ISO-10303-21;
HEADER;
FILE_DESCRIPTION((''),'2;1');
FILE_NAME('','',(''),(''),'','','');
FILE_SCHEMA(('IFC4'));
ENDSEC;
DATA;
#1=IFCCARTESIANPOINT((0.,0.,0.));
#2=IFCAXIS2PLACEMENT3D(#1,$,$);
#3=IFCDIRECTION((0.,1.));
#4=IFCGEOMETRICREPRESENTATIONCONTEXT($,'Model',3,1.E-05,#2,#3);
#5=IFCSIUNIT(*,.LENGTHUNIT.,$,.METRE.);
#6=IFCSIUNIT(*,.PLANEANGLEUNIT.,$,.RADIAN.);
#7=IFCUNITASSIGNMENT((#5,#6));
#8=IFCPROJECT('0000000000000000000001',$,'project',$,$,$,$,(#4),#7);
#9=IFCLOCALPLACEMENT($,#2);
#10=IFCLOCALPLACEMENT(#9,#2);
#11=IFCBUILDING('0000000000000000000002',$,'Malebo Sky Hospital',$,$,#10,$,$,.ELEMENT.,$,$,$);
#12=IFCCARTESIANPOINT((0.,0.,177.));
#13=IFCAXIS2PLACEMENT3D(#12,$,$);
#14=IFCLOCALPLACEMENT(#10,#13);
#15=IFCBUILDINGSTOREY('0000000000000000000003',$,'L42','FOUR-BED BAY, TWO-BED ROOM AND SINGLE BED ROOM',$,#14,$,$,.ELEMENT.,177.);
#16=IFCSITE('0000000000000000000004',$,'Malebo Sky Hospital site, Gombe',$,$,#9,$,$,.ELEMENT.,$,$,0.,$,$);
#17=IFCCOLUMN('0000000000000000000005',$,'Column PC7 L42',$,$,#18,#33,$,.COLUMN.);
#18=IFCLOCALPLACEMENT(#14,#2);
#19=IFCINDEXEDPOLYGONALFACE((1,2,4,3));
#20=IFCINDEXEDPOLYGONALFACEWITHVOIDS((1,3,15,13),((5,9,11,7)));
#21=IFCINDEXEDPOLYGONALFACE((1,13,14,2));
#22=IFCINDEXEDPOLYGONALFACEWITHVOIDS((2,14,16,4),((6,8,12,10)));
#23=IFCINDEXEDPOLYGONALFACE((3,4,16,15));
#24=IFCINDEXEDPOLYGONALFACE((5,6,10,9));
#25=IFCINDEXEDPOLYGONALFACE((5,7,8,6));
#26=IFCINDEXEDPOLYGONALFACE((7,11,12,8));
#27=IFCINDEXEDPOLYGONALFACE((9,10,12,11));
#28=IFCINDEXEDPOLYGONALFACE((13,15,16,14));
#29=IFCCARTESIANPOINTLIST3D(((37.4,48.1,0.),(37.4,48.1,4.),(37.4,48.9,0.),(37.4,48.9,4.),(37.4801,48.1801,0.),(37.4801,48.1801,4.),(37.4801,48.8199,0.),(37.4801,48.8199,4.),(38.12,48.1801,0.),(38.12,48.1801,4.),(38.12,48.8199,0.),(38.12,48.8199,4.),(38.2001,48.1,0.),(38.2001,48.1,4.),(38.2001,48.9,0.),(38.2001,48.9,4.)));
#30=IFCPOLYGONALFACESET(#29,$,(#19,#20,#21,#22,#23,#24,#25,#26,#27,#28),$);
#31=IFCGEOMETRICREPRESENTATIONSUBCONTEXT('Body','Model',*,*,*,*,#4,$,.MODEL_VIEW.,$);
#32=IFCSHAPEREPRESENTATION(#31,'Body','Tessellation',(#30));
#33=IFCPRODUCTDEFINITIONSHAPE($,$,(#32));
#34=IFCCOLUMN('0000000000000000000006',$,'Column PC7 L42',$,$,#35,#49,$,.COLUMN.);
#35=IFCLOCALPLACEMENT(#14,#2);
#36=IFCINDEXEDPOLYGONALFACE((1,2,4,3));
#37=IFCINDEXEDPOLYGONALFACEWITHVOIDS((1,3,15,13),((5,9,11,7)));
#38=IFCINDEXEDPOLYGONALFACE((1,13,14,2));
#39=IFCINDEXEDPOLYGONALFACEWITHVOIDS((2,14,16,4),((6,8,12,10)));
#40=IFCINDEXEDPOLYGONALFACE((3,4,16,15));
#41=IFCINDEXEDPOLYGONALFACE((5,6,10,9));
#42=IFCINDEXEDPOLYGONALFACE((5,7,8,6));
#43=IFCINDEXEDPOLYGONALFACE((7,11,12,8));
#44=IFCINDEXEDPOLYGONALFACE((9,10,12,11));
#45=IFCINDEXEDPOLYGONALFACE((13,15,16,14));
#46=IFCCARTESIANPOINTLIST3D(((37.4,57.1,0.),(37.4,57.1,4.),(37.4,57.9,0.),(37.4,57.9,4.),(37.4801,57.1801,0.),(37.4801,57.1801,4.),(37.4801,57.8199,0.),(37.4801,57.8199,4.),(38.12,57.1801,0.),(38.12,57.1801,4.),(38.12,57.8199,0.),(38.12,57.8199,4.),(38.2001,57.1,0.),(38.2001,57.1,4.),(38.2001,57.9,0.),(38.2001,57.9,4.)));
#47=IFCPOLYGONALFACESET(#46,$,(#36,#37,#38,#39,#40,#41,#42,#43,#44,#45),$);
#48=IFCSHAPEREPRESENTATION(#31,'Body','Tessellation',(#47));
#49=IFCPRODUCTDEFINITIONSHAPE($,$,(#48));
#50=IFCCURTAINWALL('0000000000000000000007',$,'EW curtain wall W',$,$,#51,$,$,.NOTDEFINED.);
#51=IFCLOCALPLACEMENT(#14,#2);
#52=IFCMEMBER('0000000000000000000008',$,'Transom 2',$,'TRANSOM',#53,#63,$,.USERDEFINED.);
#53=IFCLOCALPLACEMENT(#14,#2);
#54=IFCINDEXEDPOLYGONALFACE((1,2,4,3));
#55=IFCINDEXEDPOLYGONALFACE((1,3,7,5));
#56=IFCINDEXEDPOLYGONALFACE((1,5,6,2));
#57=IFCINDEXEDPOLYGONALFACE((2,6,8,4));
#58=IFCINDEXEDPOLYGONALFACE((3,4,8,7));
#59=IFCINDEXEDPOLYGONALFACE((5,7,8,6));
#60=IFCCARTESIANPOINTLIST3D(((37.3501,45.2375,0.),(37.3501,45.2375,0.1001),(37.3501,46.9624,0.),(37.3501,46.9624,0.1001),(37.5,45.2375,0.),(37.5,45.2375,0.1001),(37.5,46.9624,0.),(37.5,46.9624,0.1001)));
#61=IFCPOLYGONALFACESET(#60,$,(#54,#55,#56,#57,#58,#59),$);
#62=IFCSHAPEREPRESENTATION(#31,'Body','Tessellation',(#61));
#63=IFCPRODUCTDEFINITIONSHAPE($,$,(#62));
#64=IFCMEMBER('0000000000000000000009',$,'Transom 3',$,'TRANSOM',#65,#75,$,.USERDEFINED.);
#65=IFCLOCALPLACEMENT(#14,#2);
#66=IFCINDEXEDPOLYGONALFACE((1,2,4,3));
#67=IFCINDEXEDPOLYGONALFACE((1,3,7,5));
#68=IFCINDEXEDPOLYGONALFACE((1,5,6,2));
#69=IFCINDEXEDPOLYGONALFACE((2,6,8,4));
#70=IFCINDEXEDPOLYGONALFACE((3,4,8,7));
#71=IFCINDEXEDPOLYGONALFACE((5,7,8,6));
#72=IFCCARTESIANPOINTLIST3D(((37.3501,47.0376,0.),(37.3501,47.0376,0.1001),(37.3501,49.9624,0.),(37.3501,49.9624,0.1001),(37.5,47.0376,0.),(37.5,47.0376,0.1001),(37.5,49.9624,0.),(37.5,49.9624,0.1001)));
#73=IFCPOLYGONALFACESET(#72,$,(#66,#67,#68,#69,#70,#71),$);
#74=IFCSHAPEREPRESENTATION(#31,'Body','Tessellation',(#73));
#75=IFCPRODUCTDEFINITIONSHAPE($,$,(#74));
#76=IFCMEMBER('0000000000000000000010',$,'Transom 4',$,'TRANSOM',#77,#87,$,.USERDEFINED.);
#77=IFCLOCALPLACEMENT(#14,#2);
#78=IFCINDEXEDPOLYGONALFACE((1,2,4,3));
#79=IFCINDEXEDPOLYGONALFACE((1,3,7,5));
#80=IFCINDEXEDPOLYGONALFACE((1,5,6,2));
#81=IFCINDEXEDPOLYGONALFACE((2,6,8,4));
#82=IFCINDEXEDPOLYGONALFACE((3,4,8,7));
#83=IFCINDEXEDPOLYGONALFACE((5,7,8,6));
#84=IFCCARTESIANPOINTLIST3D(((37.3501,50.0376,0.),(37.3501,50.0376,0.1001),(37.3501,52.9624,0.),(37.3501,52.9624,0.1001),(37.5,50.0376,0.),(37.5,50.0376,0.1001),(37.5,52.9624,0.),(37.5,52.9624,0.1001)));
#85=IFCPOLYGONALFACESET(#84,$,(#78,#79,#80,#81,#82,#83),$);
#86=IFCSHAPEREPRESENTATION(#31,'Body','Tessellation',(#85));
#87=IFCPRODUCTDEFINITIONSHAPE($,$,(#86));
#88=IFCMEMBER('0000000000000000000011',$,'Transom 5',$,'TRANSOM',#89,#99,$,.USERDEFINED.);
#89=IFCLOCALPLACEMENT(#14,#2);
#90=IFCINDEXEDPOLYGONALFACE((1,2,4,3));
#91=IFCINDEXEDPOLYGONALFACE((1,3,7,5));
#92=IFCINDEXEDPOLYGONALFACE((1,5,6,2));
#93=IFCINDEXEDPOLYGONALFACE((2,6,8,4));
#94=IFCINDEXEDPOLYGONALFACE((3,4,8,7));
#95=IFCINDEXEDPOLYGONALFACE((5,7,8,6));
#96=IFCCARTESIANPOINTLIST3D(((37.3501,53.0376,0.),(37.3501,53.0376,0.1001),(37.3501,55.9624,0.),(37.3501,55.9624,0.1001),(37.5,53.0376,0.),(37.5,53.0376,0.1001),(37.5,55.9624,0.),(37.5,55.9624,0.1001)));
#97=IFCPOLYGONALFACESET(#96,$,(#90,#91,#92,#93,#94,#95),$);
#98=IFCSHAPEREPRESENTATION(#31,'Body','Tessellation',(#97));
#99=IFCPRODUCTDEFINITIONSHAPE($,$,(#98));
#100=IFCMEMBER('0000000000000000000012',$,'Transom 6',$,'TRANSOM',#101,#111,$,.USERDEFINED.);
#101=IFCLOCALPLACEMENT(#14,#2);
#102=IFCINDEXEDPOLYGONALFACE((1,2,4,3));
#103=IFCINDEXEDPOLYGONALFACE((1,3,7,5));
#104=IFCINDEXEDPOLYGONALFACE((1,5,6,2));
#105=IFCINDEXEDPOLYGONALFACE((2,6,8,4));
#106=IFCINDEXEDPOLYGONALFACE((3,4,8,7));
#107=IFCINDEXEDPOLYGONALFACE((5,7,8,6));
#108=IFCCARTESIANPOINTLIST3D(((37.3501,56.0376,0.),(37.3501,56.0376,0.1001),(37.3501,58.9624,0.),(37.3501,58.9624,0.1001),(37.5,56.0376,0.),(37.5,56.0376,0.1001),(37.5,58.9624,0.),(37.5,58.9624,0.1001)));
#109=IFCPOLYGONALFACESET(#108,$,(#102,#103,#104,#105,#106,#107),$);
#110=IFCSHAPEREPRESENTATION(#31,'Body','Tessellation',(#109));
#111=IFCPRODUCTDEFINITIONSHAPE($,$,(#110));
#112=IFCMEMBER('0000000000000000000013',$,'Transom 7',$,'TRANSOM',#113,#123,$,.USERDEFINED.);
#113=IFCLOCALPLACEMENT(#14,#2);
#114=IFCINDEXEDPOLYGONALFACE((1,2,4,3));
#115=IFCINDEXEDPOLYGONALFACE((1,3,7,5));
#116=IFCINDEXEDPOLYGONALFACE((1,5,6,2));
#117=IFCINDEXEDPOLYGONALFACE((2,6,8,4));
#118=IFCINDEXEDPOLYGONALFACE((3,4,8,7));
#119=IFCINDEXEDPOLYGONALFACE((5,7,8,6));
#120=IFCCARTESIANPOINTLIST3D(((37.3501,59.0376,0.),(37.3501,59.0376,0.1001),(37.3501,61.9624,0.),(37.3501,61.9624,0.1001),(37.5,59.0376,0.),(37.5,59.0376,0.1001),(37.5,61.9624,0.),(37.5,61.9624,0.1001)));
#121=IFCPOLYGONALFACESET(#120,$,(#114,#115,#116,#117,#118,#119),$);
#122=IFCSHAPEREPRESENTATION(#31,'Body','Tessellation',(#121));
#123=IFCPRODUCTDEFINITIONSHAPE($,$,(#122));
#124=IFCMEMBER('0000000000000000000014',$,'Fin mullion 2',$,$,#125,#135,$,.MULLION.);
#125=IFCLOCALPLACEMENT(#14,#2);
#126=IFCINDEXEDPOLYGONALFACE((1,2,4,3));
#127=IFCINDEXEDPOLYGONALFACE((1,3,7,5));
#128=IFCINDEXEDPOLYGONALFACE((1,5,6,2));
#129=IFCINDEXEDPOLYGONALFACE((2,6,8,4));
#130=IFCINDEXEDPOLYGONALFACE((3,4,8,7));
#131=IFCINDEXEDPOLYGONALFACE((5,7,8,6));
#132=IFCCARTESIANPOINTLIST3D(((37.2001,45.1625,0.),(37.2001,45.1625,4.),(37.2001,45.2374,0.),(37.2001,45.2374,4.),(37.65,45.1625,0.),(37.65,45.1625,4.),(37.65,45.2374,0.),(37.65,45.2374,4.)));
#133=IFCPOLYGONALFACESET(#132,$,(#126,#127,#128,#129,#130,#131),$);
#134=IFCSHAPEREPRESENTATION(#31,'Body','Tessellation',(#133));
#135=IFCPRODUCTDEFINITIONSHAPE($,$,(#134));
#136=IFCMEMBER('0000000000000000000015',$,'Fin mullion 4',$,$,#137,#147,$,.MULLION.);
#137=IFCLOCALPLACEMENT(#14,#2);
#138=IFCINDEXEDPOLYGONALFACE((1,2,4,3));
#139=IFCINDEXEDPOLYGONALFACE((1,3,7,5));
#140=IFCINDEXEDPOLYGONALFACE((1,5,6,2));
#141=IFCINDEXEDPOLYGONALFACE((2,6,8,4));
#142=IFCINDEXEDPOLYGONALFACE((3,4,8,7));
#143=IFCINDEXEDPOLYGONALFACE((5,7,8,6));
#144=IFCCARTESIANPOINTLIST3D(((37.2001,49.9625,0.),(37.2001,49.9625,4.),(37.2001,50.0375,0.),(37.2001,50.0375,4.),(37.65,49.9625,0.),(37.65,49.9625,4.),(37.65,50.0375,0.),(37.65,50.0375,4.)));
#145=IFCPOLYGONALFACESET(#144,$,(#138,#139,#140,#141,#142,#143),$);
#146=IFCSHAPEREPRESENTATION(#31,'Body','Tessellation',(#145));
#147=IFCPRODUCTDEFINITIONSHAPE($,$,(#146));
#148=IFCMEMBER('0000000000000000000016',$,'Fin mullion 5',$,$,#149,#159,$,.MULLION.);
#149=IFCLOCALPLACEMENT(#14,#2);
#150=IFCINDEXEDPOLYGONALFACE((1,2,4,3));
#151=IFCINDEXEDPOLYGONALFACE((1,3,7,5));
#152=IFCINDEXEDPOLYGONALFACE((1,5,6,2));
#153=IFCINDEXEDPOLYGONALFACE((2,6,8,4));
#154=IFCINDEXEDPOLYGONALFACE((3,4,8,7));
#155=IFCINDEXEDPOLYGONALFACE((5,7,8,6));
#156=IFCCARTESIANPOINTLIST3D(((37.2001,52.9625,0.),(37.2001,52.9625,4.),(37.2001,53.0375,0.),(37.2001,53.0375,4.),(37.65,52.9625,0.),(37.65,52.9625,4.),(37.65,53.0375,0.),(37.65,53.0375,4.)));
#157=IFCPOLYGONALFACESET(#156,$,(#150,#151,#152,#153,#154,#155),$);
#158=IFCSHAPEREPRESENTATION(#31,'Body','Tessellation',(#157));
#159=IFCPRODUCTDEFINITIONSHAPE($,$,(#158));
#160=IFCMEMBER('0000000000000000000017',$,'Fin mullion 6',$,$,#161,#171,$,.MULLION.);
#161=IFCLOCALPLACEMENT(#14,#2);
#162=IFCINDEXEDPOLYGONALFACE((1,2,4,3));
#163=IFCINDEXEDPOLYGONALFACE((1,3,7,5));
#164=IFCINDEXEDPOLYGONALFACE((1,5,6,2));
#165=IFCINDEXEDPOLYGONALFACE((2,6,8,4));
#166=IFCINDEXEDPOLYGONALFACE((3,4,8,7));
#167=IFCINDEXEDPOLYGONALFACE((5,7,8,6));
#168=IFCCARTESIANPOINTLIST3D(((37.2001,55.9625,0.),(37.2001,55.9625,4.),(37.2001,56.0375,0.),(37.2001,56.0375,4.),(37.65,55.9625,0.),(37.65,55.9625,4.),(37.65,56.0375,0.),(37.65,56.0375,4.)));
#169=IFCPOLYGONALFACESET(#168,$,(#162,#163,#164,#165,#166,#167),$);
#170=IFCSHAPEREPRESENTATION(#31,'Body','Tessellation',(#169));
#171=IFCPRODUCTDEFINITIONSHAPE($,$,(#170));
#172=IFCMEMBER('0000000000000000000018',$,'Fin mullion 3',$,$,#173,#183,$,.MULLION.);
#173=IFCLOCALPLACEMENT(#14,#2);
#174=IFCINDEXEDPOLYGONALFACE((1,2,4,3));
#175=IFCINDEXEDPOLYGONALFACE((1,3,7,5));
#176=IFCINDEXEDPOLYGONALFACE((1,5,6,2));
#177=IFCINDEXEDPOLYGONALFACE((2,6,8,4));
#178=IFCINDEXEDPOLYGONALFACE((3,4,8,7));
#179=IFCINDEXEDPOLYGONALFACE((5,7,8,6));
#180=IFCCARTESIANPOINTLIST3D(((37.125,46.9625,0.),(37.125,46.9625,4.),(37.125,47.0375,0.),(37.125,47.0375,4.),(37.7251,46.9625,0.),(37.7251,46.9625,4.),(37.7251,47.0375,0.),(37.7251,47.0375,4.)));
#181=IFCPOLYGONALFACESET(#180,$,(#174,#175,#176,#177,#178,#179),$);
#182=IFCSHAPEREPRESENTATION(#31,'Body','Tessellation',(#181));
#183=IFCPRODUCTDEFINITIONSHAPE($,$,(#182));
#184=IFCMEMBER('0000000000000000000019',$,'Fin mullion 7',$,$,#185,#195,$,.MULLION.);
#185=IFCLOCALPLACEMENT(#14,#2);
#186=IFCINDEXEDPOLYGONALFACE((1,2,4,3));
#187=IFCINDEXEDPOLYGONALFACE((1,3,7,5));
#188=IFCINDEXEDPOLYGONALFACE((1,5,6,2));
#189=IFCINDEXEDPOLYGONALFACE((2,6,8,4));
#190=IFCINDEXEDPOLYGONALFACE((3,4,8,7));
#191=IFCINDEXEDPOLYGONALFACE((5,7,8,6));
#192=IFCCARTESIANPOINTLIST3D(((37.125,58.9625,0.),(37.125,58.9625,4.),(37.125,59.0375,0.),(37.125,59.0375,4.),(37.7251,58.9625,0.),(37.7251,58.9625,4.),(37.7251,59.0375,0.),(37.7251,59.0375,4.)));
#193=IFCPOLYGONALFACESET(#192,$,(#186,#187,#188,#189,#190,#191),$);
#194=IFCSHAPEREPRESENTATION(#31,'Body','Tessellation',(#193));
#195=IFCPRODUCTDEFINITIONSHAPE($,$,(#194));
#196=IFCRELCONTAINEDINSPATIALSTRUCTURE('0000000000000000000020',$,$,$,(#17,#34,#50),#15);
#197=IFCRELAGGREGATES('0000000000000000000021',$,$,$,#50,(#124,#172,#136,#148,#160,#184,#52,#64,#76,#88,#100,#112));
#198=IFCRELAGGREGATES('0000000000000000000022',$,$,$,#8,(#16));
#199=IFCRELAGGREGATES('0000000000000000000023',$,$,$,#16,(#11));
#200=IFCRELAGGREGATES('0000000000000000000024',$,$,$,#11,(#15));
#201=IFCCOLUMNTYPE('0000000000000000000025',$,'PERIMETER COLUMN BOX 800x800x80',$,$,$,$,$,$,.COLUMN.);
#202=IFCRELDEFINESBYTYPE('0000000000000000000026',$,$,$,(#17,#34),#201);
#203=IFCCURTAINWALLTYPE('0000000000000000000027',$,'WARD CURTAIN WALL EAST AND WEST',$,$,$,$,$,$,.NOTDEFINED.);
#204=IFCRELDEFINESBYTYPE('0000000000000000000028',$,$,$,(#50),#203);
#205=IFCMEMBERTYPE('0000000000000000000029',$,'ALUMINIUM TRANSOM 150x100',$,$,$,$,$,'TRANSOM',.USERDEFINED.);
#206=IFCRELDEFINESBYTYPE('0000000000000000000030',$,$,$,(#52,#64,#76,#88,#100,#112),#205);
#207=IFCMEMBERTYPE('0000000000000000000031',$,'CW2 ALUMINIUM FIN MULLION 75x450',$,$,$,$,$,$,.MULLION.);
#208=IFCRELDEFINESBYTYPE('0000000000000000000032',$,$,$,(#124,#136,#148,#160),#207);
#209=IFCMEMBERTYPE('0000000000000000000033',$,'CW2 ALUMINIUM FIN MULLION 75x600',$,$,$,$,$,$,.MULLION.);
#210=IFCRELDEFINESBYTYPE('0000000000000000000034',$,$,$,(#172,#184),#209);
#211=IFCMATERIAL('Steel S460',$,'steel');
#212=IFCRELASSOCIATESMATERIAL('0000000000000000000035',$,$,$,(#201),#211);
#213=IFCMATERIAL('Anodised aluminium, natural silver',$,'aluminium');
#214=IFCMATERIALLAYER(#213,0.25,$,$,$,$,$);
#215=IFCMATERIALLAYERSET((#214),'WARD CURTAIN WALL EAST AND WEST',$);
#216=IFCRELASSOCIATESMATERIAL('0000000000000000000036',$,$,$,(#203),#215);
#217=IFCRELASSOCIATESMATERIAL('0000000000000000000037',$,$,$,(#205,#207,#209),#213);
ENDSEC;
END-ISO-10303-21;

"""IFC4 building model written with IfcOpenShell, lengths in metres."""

from ifc_helpers import new_model, si_unit, direction, frame, origin, origin_2d, place, context, subcontext, project, spatial, rectangle, hollow_rectangle, extrude, material, layer, layer_set, material_profile, profile_set, type_object, element, aggregate, save


model = new_model("IFC4")

# Units and contexts
model_context = context("Model", 3, precision=1e-05, world=origin(), true_north=direction((0.0, 1.0)))
body_context = subcontext(model_context, "Body", "Model", "MODEL_VIEW")
ifc_project = project(units=[si_unit("LENGTHUNIT", "METRE"), si_unit("PLANEANGLEUNIT", "RADIAN")], contexts=[model_context])

# Site, building, storey
site_placement = place(None, origin())
site = spatial("IfcSite", under=ifc_project, at=site_placement, Name="Malebo Sky Hospital site, Gombe", CompositionType="ELEMENT", RefElevation=0.0)
building_placement = place(site_placement, origin())
building = spatial("IfcBuilding", under=site, at=building_placement, Name="Malebo Sky Hospital", CompositionType="ELEMENT")
storey_placement = place(building_placement, frame((0.0, 0.0, 177.0)))
storey = spatial("IfcBuildingStorey", under=building, at=storey_placement, Name="L42", Description="FOUR-BED BAY, TWO-BED ROOM AND SINGLE BED ROOM", CompositionType="ELEMENT", Elevation=177.0)

# Columns
ifc_material_1 = material(Name="Steel S460", Category="steel")
ifc_material_profile_1 = material_profile(ifc_material_1, hollow_rectangle(XDim=0.8, YDim=0.8, WallThickness=0.0801, at=origin_2d()), Name="BOX 800x800x80")
ifc_profile_set_1 = profile_set([ifc_material_profile_1], Name="Steel S460")
column_type = type_object("IfcColumnType", Name="PERIMETER COLUMN BOX 800x800x80", PredefinedType="COLUMN", material=ifc_profile_set_1)
for number, where, z_axis, x_axis, name in (
    (1, (37.8, 48.5, 0.0), (0.0, 0.0, 1.0), (1.0, 0.0, 0.0), "Column PC7 L42"),
    (2, (37.8, 57.5, 0.0), (0.0, 0.0, 1.0), (1.0, 0.0, 0.0), "Column PC7 L42"),
):
    element("IfcColumn", number, at=place(storey_placement, frame(where, z_axis=z_axis, x_axis=x_axis)), inside=storey, type_object=column_type, Name=name, PredefinedType="COLUMN", context=body_context, shape_type="SweptSolid", body=[
        extrude(hollow_rectangle(XDim=0.8, YDim=0.8, WallThickness=0.0801, at=origin_2d()), origin(), (0.0, 0.0, 1.0), 4.0),
    ])

# Curtain wall, members
ifc_material_2 = material(Name="Anodised aluminium, natural silver", Category="aluminium")
ifc_layer_1 = layer(ifc_material_2, 0.25)
ifc_layer_set_1 = layer_set([ifc_layer_1], Name="WARD CURTAIN WALL EAST AND WEST")
curtain_wall_type = type_object("IfcCurtainWallType", Name="WARD CURTAIN WALL EAST AND WEST", PredefinedType="NOTDEFINED", material=ifc_layer_set_1)
curtain_wall_placement = place(storey_placement, origin())
curtain_wall = element("IfcCurtainWall", 3, at=curtain_wall_placement, inside=storey, type_object=curtain_wall_type, Name="EW curtain wall W", PredefinedType="NOTDEFINED")
ifc_material_profile_2 = material_profile(ifc_material_2, rectangle(XDim=0.1499, YDim=0.1001, at=origin_2d()), Name="ALUMINIUM TRANSOM 150x100")
ifc_profile_set_2 = profile_set([ifc_material_profile_2], Name="Anodised aluminium, natural silver")
member_type_1 = type_object("IfcMemberType", Name="ALUMINIUM TRANSOM 150x100", ElementType="TRANSOM", PredefinedType="USERDEFINED", material=ifc_profile_set_2)
member_1_placement = place(storey_placement, frame((37.425, 45.2375, 0.05), z_axis=(0.0, 1.0, 0.0), x_axis=(-1.0, 0.0, 0.0)))
member_1 = element("IfcMember", 4, at=member_1_placement, type_object=member_type_1, Name="Transom 2", ObjectType="TRANSOM", PredefinedType="USERDEFINED", context=body_context, shape_type="SweptSolid", body=[
    extrude(rectangle(XDim=0.1499, YDim=0.1001, at=origin_2d()), origin(), (0.0, 0.0, 1.0), 1.7249),
])
member_2_placement = place(storey_placement, frame((37.425, 47.0376, 0.05), z_axis=(0.0, 1.0, 0.0), x_axis=(-1.0, 0.0, 0.0)))
member_2 = element("IfcMember", 5, at=member_2_placement, type_object=member_type_1, Name="Transom 3", ObjectType="TRANSOM", PredefinedType="USERDEFINED", context=body_context, shape_type="SweptSolid", body=[
    extrude(rectangle(XDim=0.1499, YDim=0.1001, at=origin_2d()), origin(), (0.0, 0.0, 1.0), 2.9248),
])
member_3_placement = place(storey_placement, frame((37.425, 50.0376, 0.05), z_axis=(0.0, 1.0, 0.0), x_axis=(-1.0, 0.0, 0.0)))
member_3 = element("IfcMember", 6, at=member_3_placement, type_object=member_type_1, Name="Transom 4", ObjectType="TRANSOM", PredefinedType="USERDEFINED", context=body_context, shape_type="SweptSolid", body=[
    extrude(rectangle(XDim=0.1499, YDim=0.1001, at=origin_2d()), origin(), (0.0, 0.0, 1.0), 2.9248),
])
member_4_placement = place(storey_placement, frame((37.425, 53.0376, 0.05), z_axis=(0.0, 1.0, 0.0), x_axis=(-1.0, 0.0, 0.0)))
member_4 = element("IfcMember", 7, at=member_4_placement, type_object=member_type_1, Name="Transom 5", ObjectType="TRANSOM", PredefinedType="USERDEFINED", context=body_context, shape_type="SweptSolid", body=[
    extrude(rectangle(XDim=0.1499, YDim=0.1001, at=origin_2d()), origin(), (0.0, 0.0, 1.0), 2.9248),
])
member_5_placement = place(storey_placement, frame((37.425, 56.0376, 0.05), z_axis=(0.0, 1.0, 0.0), x_axis=(-1.0, 0.0, 0.0)))
member_5 = element("IfcMember", 8, at=member_5_placement, type_object=member_type_1, Name="Transom 6", ObjectType="TRANSOM", PredefinedType="USERDEFINED", context=body_context, shape_type="SweptSolid", body=[
    extrude(rectangle(XDim=0.1499, YDim=0.1001, at=origin_2d()), origin(), (0.0, 0.0, 1.0), 2.9248),
])
member_6_placement = place(storey_placement, frame((37.425, 59.0376, 0.05), z_axis=(0.0, 1.0, 0.0), x_axis=(-1.0, 0.0, 0.0)))
member_6 = element("IfcMember", 9, at=member_6_placement, type_object=member_type_1, Name="Transom 7", ObjectType="TRANSOM", PredefinedType="USERDEFINED", context=body_context, shape_type="SweptSolid", body=[
    extrude(rectangle(XDim=0.1499, YDim=0.1001, at=origin_2d()), origin(), (0.0, 0.0, 1.0), 2.9248),
])
ifc_material_profile_3 = material_profile(ifc_material_2, rectangle(XDim=0.075, YDim=0.45, at=origin_2d()), Name="CW2 ALUMINIUM FIN MULLION 75x450")
ifc_profile_set_3 = profile_set([ifc_material_profile_3], Name="Anodised aluminium, natural silver")
member_type_2 = type_object("IfcMemberType", Name="CW2 ALUMINIUM FIN MULLION 75x450", PredefinedType="MULLION", material=ifc_profile_set_3)
member_7_placement = place(storey_placement, frame((37.425, 45.2, 0.0), z_axis=(0.0, 0.0, 1.0), x_axis=(0.0, 1.0, 0.0)))
member_7 = element("IfcMember", 10, at=member_7_placement, type_object=member_type_2, Name="Fin mullion 2", PredefinedType="MULLION", context=body_context, shape_type="SweptSolid", body=[
    extrude(rectangle(XDim=0.075, YDim=0.45, at=origin_2d()), origin(), (0.0, 0.0, 1.0), 4.0),
])
member_8_placement = place(storey_placement, frame((37.425, 50.0, 0.0), z_axis=(0.0, 0.0, 1.0), x_axis=(0.0, 1.0, 0.0)))
member_8 = element("IfcMember", 11, at=member_8_placement, type_object=member_type_2, Name="Fin mullion 4", PredefinedType="MULLION", context=body_context, shape_type="SweptSolid", body=[
    extrude(rectangle(XDim=0.075, YDim=0.45, at=origin_2d()), origin(), (0.0, 0.0, 1.0), 4.0),
])
member_9_placement = place(storey_placement, frame((37.425, 53.0, 0.0), z_axis=(0.0, 0.0, 1.0), x_axis=(0.0, 1.0, 0.0)))
member_9 = element("IfcMember", 12, at=member_9_placement, type_object=member_type_2, Name="Fin mullion 5", PredefinedType="MULLION", context=body_context, shape_type="SweptSolid", body=[
    extrude(rectangle(XDim=0.075, YDim=0.45, at=origin_2d()), origin(), (0.0, 0.0, 1.0), 4.0),
])
member_10_placement = place(storey_placement, frame((37.425, 56.0, 0.0), z_axis=(0.0, 0.0, 1.0), x_axis=(0.0, 1.0, 0.0)))
member_10 = element("IfcMember", 13, at=member_10_placement, type_object=member_type_2, Name="Fin mullion 6", PredefinedType="MULLION", context=body_context, shape_type="SweptSolid", body=[
    extrude(rectangle(XDim=0.075, YDim=0.45, at=origin_2d()), origin(), (0.0, 0.0, 1.0), 4.0),
])
ifc_material_profile_4 = material_profile(ifc_material_2, rectangle(XDim=0.075, YDim=0.6001, at=origin_2d()), Name="CW2 ALUMINIUM FIN MULLION 75x600")
ifc_profile_set_4 = profile_set([ifc_material_profile_4], Name="Anodised aluminium, natural silver")
member_type_3 = type_object("IfcMemberType", Name="CW2 ALUMINIUM FIN MULLION 75x600", PredefinedType="MULLION", material=ifc_profile_set_4)
member_11_placement = place(storey_placement, frame((37.425, 47.0, 0.0), z_axis=(0.0, 0.0, 1.0), x_axis=(0.0, 1.0, 0.0)))
member_11 = element("IfcMember", 14, at=member_11_placement, type_object=member_type_3, Name="Fin mullion 3", PredefinedType="MULLION", context=body_context, shape_type="SweptSolid", body=[
    extrude(rectangle(XDim=0.075, YDim=0.6001, at=origin_2d()), origin(), (0.0, 0.0, 1.0), 4.0),
])
member_12_placement = place(storey_placement, frame((37.425, 59.0, 0.0), z_axis=(0.0, 0.0, 1.0), x_axis=(0.0, 1.0, 0.0)))
member_12 = element("IfcMember", 15, at=member_12_placement, type_object=member_type_3, Name="Fin mullion 7", PredefinedType="MULLION", context=body_context, shape_type="SweptSolid", body=[
    extrude(rectangle(XDim=0.075, YDim=0.6001, at=origin_2d()), origin(), (0.0, 0.0, 1.0), 4.0),
])

aggregate(curtain_wall, [member_7, member_11, member_8, member_9, member_10, member_12, member_1, member_2, member_3, member_4, member_5, member_6])

save(model, "model.ifc")
